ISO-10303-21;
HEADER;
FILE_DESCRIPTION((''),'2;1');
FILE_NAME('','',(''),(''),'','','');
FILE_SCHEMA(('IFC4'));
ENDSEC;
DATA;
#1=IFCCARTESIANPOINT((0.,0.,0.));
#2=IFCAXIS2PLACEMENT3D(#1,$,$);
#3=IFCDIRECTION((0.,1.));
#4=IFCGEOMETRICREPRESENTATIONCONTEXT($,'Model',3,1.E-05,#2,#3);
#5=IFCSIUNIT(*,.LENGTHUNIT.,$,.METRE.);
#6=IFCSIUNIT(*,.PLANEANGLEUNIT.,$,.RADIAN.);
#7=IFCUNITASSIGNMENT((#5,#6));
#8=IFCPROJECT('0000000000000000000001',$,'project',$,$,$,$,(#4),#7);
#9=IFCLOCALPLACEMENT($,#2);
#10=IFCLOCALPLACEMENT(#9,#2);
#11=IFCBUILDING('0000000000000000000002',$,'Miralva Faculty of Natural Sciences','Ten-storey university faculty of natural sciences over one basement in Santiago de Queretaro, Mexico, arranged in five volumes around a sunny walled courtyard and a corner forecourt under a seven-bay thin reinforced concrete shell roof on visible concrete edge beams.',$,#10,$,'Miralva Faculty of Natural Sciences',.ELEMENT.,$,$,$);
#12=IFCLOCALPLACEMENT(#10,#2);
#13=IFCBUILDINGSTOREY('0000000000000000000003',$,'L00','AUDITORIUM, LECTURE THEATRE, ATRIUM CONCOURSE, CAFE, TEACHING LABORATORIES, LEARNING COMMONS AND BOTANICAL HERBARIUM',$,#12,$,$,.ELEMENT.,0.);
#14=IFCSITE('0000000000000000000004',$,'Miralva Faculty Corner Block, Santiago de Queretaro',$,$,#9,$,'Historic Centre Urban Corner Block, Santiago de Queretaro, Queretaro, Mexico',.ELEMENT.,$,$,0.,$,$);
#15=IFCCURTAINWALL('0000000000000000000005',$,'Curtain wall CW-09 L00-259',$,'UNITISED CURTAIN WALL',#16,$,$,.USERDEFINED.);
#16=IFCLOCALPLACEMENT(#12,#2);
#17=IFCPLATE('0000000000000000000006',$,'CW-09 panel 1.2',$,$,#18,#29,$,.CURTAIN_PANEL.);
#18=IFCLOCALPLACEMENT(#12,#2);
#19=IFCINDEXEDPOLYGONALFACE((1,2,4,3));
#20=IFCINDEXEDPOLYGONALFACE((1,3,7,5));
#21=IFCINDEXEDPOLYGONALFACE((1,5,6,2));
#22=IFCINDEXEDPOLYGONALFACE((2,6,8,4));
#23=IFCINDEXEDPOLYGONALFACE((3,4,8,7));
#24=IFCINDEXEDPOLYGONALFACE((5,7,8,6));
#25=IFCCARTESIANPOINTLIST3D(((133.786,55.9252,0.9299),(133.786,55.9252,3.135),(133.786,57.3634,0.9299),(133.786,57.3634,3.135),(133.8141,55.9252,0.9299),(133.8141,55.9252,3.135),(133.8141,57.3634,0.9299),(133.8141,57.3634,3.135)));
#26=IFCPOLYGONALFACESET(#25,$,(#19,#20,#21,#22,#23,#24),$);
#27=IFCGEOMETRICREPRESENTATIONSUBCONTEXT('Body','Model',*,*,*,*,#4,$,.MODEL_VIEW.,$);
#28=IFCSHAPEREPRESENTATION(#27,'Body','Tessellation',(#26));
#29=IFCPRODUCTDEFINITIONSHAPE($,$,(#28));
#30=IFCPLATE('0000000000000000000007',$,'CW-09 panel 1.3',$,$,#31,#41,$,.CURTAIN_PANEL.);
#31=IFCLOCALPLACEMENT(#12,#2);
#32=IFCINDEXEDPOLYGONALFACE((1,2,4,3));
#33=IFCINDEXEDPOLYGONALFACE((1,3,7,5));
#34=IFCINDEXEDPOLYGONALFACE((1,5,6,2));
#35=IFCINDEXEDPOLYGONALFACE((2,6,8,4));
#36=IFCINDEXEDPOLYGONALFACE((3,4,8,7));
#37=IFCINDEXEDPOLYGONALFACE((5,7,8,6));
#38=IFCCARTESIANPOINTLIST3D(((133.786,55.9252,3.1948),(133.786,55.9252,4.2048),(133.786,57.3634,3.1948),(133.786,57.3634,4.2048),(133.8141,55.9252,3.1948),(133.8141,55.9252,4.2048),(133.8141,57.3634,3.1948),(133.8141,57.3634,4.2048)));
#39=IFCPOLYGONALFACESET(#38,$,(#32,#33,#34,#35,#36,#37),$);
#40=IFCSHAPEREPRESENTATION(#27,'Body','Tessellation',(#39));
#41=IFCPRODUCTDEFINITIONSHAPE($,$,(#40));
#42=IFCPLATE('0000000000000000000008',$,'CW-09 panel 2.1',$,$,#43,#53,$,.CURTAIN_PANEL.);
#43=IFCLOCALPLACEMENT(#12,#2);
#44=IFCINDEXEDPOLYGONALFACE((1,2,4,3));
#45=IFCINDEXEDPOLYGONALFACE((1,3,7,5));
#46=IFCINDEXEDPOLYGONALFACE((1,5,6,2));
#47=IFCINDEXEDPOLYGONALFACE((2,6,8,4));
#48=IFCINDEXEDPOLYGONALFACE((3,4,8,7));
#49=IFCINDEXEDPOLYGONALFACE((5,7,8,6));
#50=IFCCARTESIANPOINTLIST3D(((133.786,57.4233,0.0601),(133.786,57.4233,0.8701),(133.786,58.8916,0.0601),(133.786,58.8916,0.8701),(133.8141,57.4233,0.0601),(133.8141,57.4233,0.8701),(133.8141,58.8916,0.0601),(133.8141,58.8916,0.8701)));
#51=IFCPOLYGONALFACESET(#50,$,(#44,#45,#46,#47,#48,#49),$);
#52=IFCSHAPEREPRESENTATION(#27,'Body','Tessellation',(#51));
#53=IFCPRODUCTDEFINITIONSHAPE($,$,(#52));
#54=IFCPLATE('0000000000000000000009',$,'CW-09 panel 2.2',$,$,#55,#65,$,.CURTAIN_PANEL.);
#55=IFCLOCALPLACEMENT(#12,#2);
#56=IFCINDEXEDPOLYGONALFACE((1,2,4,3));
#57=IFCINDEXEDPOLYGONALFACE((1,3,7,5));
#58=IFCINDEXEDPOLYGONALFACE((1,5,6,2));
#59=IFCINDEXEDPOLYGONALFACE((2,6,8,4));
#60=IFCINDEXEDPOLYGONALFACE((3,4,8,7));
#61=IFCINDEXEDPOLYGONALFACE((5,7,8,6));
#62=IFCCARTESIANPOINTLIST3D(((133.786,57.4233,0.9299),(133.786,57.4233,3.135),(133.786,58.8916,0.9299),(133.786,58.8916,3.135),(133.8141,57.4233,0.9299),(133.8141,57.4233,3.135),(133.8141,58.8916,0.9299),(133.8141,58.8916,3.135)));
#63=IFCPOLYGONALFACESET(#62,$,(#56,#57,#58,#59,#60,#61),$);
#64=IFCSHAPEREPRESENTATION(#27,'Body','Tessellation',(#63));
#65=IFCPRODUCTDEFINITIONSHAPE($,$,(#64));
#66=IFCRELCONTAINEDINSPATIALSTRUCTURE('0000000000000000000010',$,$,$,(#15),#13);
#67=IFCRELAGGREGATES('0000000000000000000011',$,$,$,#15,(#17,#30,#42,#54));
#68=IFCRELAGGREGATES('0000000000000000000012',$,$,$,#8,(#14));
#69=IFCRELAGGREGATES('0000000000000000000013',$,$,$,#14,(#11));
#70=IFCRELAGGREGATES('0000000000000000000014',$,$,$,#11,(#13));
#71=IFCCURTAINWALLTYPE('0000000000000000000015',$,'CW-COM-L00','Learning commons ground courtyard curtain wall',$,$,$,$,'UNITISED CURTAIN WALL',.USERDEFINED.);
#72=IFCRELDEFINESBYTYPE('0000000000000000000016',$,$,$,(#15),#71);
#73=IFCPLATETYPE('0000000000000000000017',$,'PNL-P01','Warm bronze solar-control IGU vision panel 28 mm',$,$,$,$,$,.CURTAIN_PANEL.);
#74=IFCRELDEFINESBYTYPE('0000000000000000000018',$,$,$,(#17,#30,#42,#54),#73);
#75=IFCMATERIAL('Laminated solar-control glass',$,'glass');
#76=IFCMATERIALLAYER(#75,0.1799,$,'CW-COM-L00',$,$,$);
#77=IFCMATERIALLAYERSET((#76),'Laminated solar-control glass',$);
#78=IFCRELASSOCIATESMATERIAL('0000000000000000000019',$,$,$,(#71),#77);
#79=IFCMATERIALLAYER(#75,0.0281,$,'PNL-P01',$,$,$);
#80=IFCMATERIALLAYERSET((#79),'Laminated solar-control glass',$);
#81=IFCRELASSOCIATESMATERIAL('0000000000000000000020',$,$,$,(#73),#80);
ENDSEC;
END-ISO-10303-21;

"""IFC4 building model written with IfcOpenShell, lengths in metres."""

from ifc_helpers import new_model, si_unit, direction, frame, origin, origin_2d, place, context, subcontext, project, spatial, rectangle, extrude, material, layer, layer_set, type_object, element, aggregate, save


model = new_model("IFC4")

# Units and contexts
model_context = context("Model", 3, precision=1e-05, world=origin(), true_north=direction((0.0, 1.0)))
body_context = subcontext(model_context, "Body", "Model", "MODEL_VIEW")
ifc_project = project(units=[si_unit("LENGTHUNIT", "METRE"), si_unit("PLANEANGLEUNIT", "RADIAN")], contexts=[model_context])

# Site, building, storey
site_placement = place(None, origin())
site = spatial("IfcSite", under=ifc_project, at=site_placement, Name="Miralva Faculty Corner Block, Santiago de Queretaro", LongName="Historic Centre Urban Corner Block, Santiago de Queretaro, Queretaro, Mexico", CompositionType="ELEMENT", RefElevation=0.0)
building_placement = place(site_placement, origin())
building = spatial("IfcBuilding", under=site, at=building_placement, Name="Miralva Faculty of Natural Sciences", Description="Ten-storey university faculty of natural sciences over one basement in Santiago de Queretaro, Mexico, arranged in five volumes around a sunny walled courtyard and a corner forecourt under a seven-bay thin reinforced concrete shell roof on visible concrete edge beams.", LongName="Miralva Faculty of Natural Sciences", CompositionType="ELEMENT")
storey_placement = place(building_placement, origin())
storey = spatial("IfcBuildingStorey", under=building, at=storey_placement, Name="L00", Description="AUDITORIUM, LECTURE THEATRE, ATRIUM CONCOURSE, CAFE, TEACHING LABORATORIES, LEARNING COMMONS AND BOTANICAL HERBARIUM", CompositionType="ELEMENT", Elevation=0.0)

# Curtain wall
ifc_material_1 = material(Name="Laminated solar-control glass", Category="glass")
ifc_layer_1 = layer(ifc_material_1, 0.1799, Name="CW-COM-L00")
ifc_layer_set_1 = layer_set([ifc_layer_1], Name="Laminated solar-control glass")
curtain_wall_type = type_object("IfcCurtainWallType", Name="CW-COM-L00", Description="Learning commons ground courtyard curtain wall", ElementType="UNITISED CURTAIN WALL", PredefinedType="USERDEFINED", material=ifc_layer_set_1)
curtain_wall_1_placement = place(storey_placement, origin())
curtain_wall_1 = element("IfcCurtainWall", 1, at=curtain_wall_1_placement, inside=storey, type_object=curtain_wall_type, Name="Curtain wall CW-09 L00-259", ObjectType="UNITISED CURTAIN WALL", PredefinedType="USERDEFINED")

# Plates
ifc_layer_2 = layer(ifc_material_1, 0.0281, Name="PNL-P01")
ifc_layer_set_2 = layer_set([ifc_layer_2], Name="Laminated solar-control glass")
plate_type = type_object("IfcPlateType", Name="PNL-P01", Description="Warm bronze solar-control IGU vision panel 28 mm", PredefinedType="CURTAIN_PANEL", material=ifc_layer_set_2)
plate_1_placement = place(storey_placement, frame((133.8, 56.6443, 0.9299), z_axis=(0.0, 0.0, 1.0), x_axis=(0.0, 1.0, 0.0)))
plate_1 = element("IfcPlate", 2, at=plate_1_placement, type_object=plate_type, Name="CW-09 panel 1.2", PredefinedType="CURTAIN_PANEL", context=body_context, shape_type="SweptSolid", body=[
    extrude(rectangle(XDim=1.4382, YDim=0.0281, at=origin_2d()), origin(), (0.0, 0.0, 1.0), 2.2051),
])
plate_2_placement = place(storey_placement, frame((133.8, 56.6443, 3.1948), z_axis=(0.0, 0.0, 1.0), x_axis=(0.0, 1.0, 0.0)))
plate_2 = element("IfcPlate", 3, at=plate_2_placement, type_object=plate_type, Name="CW-09 panel 1.3", PredefinedType="CURTAIN_PANEL", context=body_context, shape_type="SweptSolid", body=[
    extrude(rectangle(XDim=1.4382, YDim=0.0281, at=origin_2d()), origin(), (0.0, 0.0, 1.0), 1.01),
])
plate_3_placement = place(storey_placement, frame((133.8, 58.1575, 0.0601), z_axis=(0.0, 0.0, 1.0), x_axis=(0.0, 1.0, 0.0)))
plate_3 = element("IfcPlate", 4, at=plate_3_placement, type_object=plate_type, Name="CW-09 panel 2.1", PredefinedType="CURTAIN_PANEL", context=body_context, shape_type="SweptSolid", body=[
    extrude(rectangle(XDim=1.4683, YDim=0.0281, at=origin_2d()), origin(), (0.0, 0.0, 1.0), 0.8101),
])
plate_4_placement = place(storey_placement, frame((133.8, 58.1575, 0.9299), z_axis=(0.0, 0.0, 1.0), x_axis=(0.0, 1.0, 0.0)))
plate_4 = element("IfcPlate", 5, at=plate_4_placement, type_object=plate_type, Name="CW-09 panel 2.2", PredefinedType="CURTAIN_PANEL", context=body_context, shape_type="SweptSolid", body=[
    extrude(rectangle(XDim=1.4683, YDim=0.0281, at=origin_2d()), origin(), (0.0, 0.0, 1.0), 2.2051),
])
aggregate(curtain_wall_1, [plate_1, plate_2, plate_3, plate_4])

save(model, "model.ifc")
